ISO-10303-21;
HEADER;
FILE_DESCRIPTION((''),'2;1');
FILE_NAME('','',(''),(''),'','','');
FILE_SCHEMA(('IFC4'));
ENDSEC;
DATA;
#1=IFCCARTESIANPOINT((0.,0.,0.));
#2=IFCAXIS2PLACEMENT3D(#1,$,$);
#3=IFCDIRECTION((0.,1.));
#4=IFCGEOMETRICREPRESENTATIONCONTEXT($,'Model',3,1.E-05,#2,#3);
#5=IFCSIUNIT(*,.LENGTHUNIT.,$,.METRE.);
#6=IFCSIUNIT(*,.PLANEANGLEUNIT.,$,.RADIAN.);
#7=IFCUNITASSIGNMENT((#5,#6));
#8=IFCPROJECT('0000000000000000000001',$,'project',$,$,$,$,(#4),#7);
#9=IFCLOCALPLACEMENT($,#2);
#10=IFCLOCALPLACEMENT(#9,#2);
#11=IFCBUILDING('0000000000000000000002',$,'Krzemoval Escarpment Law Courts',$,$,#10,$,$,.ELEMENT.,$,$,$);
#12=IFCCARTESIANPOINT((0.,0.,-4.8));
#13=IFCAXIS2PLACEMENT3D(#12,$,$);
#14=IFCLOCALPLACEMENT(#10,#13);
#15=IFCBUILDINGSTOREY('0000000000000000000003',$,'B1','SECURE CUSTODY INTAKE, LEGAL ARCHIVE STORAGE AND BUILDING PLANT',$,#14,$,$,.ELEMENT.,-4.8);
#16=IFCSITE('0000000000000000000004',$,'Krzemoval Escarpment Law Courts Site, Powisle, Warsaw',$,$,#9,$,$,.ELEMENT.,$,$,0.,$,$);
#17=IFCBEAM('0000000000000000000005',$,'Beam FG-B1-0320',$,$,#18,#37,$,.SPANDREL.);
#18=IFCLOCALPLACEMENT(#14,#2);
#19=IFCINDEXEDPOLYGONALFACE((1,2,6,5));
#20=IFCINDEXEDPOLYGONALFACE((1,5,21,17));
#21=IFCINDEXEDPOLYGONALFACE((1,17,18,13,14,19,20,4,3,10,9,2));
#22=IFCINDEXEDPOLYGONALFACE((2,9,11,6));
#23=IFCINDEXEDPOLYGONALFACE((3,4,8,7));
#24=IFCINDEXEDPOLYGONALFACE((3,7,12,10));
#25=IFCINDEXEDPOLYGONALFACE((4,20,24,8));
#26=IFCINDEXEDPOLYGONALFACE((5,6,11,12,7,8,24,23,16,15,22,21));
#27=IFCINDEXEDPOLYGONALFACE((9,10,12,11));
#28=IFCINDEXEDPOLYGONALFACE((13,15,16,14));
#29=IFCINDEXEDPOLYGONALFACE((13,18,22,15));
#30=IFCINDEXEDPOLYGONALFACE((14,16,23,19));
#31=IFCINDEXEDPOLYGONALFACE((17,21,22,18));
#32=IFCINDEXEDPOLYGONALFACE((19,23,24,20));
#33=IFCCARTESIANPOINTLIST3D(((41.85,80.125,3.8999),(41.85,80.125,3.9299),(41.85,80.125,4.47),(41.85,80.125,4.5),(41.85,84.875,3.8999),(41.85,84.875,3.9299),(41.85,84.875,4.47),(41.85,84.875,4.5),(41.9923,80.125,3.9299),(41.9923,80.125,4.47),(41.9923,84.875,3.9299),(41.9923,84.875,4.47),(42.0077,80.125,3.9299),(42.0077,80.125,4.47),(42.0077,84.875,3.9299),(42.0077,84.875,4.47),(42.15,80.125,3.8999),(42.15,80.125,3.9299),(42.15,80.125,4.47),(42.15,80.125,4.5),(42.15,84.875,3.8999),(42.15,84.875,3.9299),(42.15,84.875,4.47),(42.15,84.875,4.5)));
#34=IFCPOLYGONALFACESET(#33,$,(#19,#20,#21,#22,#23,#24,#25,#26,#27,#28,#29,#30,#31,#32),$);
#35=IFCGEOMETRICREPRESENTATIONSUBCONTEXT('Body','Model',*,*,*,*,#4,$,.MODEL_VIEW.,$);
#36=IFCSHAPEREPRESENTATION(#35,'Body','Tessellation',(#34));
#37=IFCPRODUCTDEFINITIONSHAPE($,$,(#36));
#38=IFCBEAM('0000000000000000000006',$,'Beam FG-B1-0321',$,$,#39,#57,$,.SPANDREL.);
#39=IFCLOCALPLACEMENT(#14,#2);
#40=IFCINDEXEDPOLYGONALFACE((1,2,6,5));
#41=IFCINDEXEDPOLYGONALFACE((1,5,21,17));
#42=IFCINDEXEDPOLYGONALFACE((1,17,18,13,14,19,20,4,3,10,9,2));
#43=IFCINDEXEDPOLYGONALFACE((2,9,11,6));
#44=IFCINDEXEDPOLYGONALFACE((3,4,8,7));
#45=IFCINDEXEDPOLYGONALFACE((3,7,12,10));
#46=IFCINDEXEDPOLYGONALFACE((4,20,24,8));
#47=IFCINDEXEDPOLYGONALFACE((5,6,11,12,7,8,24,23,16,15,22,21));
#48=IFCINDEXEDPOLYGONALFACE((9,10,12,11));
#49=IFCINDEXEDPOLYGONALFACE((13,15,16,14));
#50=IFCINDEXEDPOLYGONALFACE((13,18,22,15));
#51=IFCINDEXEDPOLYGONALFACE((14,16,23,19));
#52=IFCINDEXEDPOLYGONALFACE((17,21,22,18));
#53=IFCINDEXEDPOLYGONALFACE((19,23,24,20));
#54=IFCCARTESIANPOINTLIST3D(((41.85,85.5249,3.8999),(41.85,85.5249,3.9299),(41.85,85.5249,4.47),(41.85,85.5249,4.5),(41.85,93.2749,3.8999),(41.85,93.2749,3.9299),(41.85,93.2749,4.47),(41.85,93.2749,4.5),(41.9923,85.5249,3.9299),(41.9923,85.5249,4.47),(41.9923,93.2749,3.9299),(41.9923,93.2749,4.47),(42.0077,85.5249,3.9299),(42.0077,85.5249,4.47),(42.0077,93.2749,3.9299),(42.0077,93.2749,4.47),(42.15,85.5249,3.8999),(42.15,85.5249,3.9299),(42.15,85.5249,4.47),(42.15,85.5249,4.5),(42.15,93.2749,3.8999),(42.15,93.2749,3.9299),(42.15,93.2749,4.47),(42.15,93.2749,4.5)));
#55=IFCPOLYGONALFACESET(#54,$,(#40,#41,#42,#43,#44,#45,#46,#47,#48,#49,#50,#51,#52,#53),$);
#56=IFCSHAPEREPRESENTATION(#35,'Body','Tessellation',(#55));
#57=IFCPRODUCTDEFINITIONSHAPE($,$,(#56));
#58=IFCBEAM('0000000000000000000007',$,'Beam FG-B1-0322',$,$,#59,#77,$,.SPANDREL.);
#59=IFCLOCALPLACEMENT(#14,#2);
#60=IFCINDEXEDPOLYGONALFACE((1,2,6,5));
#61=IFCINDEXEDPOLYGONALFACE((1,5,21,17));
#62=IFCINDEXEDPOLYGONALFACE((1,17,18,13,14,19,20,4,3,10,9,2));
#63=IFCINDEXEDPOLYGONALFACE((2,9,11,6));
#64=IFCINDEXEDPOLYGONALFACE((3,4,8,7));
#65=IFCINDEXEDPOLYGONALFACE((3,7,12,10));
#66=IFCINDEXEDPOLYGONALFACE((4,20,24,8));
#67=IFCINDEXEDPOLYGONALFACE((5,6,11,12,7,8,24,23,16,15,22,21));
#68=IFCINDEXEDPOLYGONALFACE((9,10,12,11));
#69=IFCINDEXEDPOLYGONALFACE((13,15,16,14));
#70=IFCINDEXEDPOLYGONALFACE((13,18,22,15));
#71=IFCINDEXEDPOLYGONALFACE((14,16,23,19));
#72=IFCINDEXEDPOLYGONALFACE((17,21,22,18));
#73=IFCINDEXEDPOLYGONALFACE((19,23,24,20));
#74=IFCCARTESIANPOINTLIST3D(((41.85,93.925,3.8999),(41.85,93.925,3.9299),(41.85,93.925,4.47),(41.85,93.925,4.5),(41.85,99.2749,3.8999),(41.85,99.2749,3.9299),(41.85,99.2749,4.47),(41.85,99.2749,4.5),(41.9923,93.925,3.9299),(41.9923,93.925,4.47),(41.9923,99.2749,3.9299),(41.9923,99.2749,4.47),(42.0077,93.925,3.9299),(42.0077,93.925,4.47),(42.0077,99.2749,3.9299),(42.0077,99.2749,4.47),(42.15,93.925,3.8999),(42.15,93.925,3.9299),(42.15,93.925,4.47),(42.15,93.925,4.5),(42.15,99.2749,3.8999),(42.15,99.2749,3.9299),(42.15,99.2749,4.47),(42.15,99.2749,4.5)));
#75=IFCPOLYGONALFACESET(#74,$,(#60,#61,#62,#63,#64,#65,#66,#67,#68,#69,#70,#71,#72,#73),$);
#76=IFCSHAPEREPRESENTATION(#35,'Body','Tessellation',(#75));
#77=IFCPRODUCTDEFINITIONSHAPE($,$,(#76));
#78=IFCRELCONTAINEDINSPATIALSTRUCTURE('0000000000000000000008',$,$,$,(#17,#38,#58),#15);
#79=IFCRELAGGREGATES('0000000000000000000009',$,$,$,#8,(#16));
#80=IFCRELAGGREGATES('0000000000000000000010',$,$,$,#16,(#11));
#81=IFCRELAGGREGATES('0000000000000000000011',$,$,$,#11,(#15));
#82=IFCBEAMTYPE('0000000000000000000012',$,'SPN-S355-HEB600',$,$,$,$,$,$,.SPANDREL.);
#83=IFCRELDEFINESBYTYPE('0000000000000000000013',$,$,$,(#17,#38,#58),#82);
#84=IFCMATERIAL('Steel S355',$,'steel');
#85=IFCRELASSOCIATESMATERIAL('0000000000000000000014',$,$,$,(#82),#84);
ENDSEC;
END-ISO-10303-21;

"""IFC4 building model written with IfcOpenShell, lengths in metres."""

from ifc_helpers import new_model, si_unit, direction, frame, origin, origin_2d, place, context, subcontext, project, spatial, i_section, extrude, material, material_profile, profile_set, type_object, element, save


model = new_model("IFC4")

# Units and contexts
model_context = context("Model", 3, precision=1e-05, world=origin(), true_north=direction((0.0, 1.0)))
body_context = subcontext(model_context, "Body", "Model", "MODEL_VIEW")
ifc_project = project(units=[si_unit("LENGTHUNIT", "METRE"), si_unit("PLANEANGLEUNIT", "RADIAN")], contexts=[model_context])

# Site, building, storey
site_placement = place(None, origin())
site = spatial("IfcSite", under=ifc_project, at=site_placement, Name="Krzemoval Escarpment Law Courts Site, Powisle, Warsaw", CompositionType="ELEMENT", RefElevation=0.0)
building_placement = place(site_placement, origin())
building = spatial("IfcBuilding", under=site, at=building_placement, Name="Krzemoval Escarpment Law Courts", CompositionType="ELEMENT")
storey_placement = place(building_placement, frame((0.0, 0.0, -4.8)))
storey = spatial("IfcBuildingStorey", under=building, at=storey_placement, Name="B1", Description="SECURE CUSTODY INTAKE, LEGAL ARCHIVE STORAGE AND BUILDING PLANT", CompositionType="ELEMENT", Elevation=-4.8)

# Beams
ifc_material_1 = material(Name="Steel S355", Category="steel")
ifc_material_profile_1 = material_profile(ifc_material_1, i_section(OverallWidth=0.3, OverallDepth=0.6001, WebThickness=0.0154, FlangeThickness=0.03, at=origin_2d()), Name="HEB 600")
ifc_profile_set_1 = profile_set([ifc_material_profile_1], Name="Steel S355")
beam_type = type_object("IfcBeamType", Name="SPN-S355-HEB600", PredefinedType="SPANDREL", material=ifc_profile_set_1)
for number, where, z_axis, x_axis, name in (
    (1, (42.0, 80.125, 4.2), (0.0, 1.0, 0.0), (-1.0, 0.0, 0.0), "Beam FG-B1-0320"),
):
    element("IfcBeam", number, at=place(storey_placement, frame(where, z_axis=z_axis, x_axis=x_axis)), inside=storey, type_object=beam_type, Name=name, PredefinedType="SPANDREL", context=body_context, shape_type="SweptSolid", body=[
        extrude(i_section(OverallWidth=0.3, OverallDepth=0.6001, WebThickness=0.0154, FlangeThickness=0.03, at=origin_2d()), origin(), (0.0, 0.0, 1.0), 4.75),
    ])
beam_1_placement = place(storey_placement, frame((42.0, 85.5249, 4.2), z_axis=(0.0, 1.0, 0.0), x_axis=(-1.0, 0.0, 0.0)))
element("IfcBeam", 2, at=beam_1_placement, inside=storey, type_object=beam_type, Name="Beam FG-B1-0321", PredefinedType="SPANDREL", context=body_context, shape_type="SweptSolid", body=[
    extrude(i_section(OverallWidth=0.3, OverallDepth=0.6001, WebThickness=0.0154, FlangeThickness=0.03, at=origin_2d()), origin(), (0.0, 0.0, 1.0), 7.75),
])
beam_2_placement = place(storey_placement, frame((42.0, 93.925, 4.2), z_axis=(0.0, 1.0, 0.0), x_axis=(-1.0, 0.0, 0.0)))
element("IfcBeam", 3, at=beam_2_placement, inside=storey, type_object=beam_type, Name="Beam FG-B1-0322", PredefinedType="SPANDREL", context=body_context, shape_type="SweptSolid", body=[
    extrude(i_section(OverallWidth=0.3, OverallDepth=0.6001, WebThickness=0.0154, FlangeThickness=0.03, at=origin_2d()), origin(), (0.0, 0.0, 1.0), 5.3499),
])

save(model, "model.ifc")
